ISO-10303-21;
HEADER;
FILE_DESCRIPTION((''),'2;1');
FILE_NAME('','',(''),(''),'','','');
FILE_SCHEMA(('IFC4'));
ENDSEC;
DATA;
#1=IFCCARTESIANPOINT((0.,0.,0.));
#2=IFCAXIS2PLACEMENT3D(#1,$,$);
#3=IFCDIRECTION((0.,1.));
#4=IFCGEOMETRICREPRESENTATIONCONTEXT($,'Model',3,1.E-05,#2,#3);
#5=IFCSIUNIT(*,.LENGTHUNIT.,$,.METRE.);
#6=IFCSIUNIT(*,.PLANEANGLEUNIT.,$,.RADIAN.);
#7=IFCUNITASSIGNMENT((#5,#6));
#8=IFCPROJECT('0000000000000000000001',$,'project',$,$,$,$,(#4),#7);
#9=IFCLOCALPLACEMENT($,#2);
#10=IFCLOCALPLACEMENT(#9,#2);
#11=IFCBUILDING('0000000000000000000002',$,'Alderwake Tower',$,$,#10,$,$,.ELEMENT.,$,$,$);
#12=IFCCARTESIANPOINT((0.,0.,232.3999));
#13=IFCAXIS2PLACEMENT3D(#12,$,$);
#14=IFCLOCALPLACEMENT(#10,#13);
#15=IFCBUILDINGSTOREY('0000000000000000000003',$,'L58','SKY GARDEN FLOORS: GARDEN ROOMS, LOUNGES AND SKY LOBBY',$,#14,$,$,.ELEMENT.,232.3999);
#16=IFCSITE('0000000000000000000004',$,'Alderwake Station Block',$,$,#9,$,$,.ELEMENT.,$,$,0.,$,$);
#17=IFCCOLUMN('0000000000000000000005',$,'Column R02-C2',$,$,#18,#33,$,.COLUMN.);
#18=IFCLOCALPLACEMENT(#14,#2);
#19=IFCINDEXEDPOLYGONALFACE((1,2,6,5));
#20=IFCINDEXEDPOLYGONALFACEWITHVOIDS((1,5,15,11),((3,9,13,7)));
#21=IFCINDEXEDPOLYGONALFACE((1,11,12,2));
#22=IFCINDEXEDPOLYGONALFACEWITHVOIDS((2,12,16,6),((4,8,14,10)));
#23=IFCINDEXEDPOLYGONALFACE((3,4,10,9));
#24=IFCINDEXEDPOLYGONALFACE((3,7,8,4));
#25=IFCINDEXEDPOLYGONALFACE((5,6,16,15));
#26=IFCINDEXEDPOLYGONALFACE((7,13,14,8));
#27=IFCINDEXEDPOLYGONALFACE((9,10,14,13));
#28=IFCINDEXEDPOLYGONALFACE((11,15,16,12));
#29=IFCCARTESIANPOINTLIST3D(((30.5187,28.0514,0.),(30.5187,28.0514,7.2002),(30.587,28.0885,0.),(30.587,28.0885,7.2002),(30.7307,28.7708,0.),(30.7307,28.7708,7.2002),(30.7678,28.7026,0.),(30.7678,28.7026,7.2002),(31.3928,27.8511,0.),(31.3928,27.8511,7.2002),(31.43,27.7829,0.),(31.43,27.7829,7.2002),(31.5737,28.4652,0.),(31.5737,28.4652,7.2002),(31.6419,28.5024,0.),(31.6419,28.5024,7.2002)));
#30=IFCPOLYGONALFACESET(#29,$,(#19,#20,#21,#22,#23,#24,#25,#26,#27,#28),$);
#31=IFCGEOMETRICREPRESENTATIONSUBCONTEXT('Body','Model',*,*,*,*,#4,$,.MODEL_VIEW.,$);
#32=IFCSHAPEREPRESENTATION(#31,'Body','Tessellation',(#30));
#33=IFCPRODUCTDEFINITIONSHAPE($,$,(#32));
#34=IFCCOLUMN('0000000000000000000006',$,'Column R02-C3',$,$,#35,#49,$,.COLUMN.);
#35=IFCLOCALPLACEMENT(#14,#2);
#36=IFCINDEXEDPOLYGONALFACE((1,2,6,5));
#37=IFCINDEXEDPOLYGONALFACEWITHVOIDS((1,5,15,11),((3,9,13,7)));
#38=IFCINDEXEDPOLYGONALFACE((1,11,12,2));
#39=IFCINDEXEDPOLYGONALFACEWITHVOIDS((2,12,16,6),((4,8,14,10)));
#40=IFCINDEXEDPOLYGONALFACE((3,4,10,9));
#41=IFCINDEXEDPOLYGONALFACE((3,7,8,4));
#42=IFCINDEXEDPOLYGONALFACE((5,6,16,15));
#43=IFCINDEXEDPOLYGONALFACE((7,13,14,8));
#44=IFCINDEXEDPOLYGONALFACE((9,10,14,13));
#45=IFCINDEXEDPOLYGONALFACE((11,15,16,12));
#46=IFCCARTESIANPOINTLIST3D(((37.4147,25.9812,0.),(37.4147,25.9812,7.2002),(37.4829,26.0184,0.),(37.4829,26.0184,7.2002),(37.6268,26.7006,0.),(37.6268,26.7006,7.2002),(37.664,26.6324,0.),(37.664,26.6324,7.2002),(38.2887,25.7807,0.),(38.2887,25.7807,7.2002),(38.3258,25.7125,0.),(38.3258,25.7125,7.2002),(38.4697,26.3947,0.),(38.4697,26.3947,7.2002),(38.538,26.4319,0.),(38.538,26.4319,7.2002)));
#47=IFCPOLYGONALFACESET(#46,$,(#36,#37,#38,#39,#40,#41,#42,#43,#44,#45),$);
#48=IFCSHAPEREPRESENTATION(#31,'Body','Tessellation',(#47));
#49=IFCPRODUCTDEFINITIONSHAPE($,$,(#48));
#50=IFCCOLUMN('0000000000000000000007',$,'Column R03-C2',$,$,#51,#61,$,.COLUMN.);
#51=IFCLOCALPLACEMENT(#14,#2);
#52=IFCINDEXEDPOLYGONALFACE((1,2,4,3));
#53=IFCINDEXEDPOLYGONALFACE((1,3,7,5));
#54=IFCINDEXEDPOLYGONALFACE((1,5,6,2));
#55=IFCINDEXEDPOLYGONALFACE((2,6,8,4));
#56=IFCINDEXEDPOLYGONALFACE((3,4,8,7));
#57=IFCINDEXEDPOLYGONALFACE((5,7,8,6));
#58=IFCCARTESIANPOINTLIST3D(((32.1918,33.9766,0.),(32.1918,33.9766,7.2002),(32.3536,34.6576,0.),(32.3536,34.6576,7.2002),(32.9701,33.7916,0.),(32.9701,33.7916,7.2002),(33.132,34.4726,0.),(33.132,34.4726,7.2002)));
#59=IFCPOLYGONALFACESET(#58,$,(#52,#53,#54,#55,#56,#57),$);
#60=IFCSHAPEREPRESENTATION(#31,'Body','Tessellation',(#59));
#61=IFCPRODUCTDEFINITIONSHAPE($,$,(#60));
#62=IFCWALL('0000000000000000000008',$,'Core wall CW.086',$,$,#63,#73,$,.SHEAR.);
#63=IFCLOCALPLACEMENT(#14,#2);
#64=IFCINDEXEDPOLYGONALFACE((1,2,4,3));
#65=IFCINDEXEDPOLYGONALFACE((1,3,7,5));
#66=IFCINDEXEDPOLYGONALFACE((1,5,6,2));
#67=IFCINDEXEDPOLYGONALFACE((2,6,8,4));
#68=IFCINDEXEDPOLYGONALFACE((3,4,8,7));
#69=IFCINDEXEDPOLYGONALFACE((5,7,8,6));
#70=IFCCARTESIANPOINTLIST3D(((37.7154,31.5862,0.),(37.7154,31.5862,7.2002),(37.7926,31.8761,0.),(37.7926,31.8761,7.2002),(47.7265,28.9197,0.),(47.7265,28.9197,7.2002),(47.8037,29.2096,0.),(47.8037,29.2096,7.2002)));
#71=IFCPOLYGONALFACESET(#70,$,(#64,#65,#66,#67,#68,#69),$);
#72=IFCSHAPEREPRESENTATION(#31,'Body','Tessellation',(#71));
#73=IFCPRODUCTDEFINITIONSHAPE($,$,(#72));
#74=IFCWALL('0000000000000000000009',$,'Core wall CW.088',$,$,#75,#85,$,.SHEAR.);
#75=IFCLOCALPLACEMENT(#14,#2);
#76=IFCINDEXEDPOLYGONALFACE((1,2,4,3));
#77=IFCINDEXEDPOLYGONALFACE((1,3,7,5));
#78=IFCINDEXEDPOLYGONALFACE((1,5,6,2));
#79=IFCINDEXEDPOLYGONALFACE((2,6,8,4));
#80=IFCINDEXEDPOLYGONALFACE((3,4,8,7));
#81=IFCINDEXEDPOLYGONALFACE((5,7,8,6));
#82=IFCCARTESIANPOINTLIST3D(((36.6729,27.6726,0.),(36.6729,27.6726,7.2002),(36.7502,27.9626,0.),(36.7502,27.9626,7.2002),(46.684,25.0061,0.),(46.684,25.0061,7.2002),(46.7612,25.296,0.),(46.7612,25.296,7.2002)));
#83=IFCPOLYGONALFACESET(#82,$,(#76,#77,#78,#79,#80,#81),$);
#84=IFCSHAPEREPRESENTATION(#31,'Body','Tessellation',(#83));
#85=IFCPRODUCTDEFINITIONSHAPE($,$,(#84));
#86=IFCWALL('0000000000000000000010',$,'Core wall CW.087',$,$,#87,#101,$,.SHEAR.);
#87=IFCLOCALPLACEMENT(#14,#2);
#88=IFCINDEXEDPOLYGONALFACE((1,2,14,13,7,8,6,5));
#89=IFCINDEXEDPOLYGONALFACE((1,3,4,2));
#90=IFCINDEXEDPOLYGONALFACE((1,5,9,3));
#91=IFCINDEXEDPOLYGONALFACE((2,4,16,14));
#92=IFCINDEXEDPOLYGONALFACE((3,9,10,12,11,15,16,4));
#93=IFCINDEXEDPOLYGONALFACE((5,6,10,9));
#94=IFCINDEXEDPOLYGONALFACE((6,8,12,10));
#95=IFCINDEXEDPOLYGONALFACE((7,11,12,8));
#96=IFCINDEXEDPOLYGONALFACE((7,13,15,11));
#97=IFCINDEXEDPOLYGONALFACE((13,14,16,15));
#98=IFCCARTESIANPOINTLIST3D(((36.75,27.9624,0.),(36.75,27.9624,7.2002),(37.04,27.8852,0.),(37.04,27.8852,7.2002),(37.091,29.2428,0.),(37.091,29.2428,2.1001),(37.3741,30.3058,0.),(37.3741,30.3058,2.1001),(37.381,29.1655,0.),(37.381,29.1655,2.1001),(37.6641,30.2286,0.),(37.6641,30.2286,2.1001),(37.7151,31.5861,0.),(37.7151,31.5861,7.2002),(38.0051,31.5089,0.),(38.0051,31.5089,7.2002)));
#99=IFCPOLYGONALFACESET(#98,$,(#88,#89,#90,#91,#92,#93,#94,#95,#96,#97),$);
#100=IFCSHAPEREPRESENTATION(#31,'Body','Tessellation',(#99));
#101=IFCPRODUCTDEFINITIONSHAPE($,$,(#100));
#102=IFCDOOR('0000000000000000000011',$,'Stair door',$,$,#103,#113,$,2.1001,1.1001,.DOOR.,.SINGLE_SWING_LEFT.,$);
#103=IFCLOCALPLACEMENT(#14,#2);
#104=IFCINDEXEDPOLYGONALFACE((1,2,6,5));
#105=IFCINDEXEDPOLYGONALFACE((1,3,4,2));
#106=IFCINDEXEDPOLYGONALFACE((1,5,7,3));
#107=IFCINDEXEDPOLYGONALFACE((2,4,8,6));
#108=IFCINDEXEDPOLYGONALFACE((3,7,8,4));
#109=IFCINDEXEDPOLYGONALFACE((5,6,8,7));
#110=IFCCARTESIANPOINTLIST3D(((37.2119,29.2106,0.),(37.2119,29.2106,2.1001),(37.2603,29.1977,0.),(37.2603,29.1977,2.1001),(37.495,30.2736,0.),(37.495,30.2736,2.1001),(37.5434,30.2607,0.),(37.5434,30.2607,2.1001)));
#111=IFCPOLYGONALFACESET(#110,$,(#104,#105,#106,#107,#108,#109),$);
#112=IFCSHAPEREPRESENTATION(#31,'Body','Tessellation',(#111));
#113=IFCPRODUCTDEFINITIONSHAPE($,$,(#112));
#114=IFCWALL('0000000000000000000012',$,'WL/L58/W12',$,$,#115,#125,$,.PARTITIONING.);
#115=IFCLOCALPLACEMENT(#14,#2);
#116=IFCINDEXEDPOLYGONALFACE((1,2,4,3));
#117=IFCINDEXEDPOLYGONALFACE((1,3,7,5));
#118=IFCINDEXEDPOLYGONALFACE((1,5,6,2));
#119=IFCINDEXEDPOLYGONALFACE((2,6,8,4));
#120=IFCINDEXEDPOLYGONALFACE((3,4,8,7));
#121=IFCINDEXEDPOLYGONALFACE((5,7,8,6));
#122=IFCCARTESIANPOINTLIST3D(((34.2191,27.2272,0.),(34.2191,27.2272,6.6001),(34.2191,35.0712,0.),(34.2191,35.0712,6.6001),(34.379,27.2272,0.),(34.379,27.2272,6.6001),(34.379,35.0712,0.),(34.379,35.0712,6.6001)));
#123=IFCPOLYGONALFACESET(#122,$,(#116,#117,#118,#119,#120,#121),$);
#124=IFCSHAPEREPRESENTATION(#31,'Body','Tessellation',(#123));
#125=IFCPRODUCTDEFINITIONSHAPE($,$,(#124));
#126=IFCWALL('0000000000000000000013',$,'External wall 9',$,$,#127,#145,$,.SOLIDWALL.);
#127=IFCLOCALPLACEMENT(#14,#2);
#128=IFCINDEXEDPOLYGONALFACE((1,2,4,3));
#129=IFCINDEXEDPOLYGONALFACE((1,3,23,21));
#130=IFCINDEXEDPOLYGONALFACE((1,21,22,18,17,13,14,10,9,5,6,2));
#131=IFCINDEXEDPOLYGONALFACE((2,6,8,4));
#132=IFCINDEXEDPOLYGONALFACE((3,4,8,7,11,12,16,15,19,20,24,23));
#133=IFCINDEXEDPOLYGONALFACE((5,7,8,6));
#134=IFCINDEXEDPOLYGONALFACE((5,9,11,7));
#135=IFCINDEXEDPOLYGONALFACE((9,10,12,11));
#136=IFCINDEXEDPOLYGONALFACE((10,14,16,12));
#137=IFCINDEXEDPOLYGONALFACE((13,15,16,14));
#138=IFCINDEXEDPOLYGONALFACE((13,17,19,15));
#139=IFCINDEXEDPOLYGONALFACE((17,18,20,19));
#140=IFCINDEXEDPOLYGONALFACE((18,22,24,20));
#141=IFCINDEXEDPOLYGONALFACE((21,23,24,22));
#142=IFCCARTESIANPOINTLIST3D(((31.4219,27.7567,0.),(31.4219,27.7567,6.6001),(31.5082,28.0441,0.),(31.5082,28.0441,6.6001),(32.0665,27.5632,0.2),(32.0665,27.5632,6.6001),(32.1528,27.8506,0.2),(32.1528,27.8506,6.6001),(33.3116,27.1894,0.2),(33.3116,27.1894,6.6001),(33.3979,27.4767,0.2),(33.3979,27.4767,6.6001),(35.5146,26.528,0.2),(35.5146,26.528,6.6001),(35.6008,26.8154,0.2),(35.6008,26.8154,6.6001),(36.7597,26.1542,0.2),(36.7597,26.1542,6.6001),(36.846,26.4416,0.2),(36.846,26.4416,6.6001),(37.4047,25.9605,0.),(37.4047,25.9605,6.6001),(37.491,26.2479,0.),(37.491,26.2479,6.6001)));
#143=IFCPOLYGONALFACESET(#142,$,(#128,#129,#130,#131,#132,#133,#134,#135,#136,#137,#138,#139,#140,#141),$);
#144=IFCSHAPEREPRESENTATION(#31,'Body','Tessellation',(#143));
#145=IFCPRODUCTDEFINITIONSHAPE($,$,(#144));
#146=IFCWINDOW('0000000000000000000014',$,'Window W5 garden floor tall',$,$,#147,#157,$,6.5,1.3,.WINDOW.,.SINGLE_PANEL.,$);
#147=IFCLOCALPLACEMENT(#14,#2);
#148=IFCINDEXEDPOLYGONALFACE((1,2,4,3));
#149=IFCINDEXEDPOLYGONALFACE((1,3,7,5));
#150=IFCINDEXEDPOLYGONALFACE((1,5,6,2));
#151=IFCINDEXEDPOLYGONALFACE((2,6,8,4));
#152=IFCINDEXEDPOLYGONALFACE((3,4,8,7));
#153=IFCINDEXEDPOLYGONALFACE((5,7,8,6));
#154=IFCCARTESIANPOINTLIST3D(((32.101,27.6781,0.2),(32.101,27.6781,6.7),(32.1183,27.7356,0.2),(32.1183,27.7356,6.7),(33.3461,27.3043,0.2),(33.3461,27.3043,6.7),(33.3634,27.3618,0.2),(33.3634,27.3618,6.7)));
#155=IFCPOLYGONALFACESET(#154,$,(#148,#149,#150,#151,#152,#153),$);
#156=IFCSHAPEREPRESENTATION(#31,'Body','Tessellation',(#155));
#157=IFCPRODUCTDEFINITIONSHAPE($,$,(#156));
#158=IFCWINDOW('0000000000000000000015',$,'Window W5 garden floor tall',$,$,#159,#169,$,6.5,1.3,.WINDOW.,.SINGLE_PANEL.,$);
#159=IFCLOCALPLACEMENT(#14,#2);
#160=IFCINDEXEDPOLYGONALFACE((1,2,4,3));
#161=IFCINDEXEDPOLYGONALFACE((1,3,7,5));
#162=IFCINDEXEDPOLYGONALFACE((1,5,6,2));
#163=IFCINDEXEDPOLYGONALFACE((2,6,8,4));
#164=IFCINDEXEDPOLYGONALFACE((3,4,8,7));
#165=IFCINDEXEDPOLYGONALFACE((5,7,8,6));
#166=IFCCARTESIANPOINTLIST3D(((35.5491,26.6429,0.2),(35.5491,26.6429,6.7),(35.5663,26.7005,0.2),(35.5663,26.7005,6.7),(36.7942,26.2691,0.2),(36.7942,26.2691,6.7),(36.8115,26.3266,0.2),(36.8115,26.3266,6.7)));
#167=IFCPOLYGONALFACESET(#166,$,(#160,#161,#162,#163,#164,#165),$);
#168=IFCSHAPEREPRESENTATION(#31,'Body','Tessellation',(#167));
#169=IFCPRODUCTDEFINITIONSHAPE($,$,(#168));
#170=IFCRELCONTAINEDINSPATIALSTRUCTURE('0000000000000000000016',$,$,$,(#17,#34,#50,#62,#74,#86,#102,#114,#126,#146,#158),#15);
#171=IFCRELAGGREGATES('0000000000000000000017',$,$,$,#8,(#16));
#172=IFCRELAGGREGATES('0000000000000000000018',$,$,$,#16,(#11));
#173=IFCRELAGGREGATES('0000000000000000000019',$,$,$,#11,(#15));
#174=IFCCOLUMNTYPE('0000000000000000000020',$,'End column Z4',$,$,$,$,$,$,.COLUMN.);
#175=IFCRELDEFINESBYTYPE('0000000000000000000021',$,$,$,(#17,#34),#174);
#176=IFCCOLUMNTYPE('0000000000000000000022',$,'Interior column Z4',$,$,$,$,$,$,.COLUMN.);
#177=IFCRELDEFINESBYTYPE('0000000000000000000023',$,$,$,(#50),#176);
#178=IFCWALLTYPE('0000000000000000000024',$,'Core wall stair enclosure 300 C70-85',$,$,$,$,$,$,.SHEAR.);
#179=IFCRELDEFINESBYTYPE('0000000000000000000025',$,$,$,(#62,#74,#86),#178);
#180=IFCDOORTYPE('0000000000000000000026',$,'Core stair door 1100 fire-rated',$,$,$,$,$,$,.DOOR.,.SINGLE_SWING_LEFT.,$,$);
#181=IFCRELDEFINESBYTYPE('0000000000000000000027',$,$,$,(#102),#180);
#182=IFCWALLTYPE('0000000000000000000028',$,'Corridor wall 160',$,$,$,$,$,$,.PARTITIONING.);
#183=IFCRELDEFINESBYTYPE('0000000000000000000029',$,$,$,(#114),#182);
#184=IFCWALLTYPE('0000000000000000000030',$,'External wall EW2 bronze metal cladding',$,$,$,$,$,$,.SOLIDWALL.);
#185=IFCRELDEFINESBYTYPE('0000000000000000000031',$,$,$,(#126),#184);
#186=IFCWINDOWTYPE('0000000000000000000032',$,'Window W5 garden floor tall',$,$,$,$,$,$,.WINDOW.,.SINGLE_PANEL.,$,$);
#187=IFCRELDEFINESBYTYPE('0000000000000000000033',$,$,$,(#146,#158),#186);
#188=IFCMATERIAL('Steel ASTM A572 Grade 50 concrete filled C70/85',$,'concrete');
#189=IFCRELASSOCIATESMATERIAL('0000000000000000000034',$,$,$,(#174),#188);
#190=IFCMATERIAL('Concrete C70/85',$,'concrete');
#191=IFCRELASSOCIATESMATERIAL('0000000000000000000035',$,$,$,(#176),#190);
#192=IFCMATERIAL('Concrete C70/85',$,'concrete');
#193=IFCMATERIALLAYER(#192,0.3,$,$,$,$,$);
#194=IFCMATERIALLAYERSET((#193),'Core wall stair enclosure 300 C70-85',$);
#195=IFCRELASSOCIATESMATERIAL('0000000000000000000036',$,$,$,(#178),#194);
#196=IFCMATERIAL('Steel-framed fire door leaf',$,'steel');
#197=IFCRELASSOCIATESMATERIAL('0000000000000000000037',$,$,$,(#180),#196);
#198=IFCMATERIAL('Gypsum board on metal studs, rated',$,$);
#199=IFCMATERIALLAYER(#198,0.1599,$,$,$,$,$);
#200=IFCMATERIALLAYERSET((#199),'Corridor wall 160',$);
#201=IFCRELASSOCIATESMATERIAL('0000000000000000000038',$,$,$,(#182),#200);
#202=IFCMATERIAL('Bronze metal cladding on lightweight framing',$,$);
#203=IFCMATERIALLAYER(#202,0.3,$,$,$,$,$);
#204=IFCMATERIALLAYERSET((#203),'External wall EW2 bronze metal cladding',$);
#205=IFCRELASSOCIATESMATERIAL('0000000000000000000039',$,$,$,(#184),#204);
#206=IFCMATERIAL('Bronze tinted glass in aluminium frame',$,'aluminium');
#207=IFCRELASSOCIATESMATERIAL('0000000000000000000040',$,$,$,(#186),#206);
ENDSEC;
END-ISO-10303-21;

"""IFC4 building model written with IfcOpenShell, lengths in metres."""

from ifc_helpers import new_model, si_unit, direction, frame, frame_2d, origin, origin_2d, place, context, subcontext, project, spatial, rectangle, hollow_rectangle, extrude, material, layer, layer_set, material_profile, profile_set, type_object, element, fill, save


model = new_model("IFC4")

# Units and contexts
model_context = context("Model", 3, precision=1e-05, world=origin(), true_north=direction((0.0, 1.0)))
body_context = subcontext(model_context, "Body", "Model", "MODEL_VIEW")
ifc_project = project(units=[si_unit("LENGTHUNIT", "METRE"), si_unit("PLANEANGLEUNIT", "RADIAN")], contexts=[model_context])

# Site, building, storey
site_placement = place(None, origin())
site = spatial("IfcSite", under=ifc_project, at=site_placement, Name="Alderwake Station Block", CompositionType="ELEMENT", RefElevation=0.0)
building_placement = place(site_placement, origin())
building = spatial("IfcBuilding", under=site, at=building_placement, Name="Alderwake Tower", CompositionType="ELEMENT")
storey_placement = place(building_placement, frame((0.0, 0.0, 232.3999)))
storey = spatial("IfcBuildingStorey", under=building, at=storey_placement, Name="L58", Description="SKY GARDEN FLOORS: GARDEN ROOMS, LOUNGES AND SKY LOBBY", CompositionType="ELEMENT", Elevation=232.3999)

# Columns
ifc_material_1 = material(Name="Steel ASTM A572 Grade 50 concrete filled C70/85", Category="concrete")
ifc_material_profile_1 = material_profile(ifc_material_1, hollow_rectangle(XDim=0.75, YDim=0.95, WallThickness=0.0549, at=origin_2d()), Name="BOX 950X750X55")
ifc_profile_set_1 = profile_set([ifc_material_profile_1], Name="Steel ASTM A572 Grade 50 concrete filled C70/85")
column_type_1 = type_object("IfcColumnType", Name="End column Z4", PredefinedType="COLUMN", material=ifc_profile_set_1)
for number, where, z_axis, x_axis, name in (
    (1, (31.0803, 28.2769, 0.0), (0.0, 0.0, 1.0), (0.282583, 0.959243, 0.0), "Column R02-C2"),
    (2, (37.9763, 26.2065, 0.0), (0.0, 0.0, 1.0), (0.282874, 0.959157, 0.0), "Column R02-C3"),
):
    element("IfcColumn", number, at=place(storey_placement, frame(where, z_axis=z_axis, x_axis=x_axis)), inside=storey, type_object=column_type_1, Name=name, PredefinedType="COLUMN", context=body_context, shape_type="SweptSolid", body=[
        extrude(hollow_rectangle(XDim=0.75, YDim=0.95, WallThickness=0.0549, at=origin_2d()), origin(), (0.0, 0.0, 1.0), 7.2002),
    ])
ifc_material_2 = material(Name="Concrete C70/85", Category="concrete")
ifc_material_profile_2 = material_profile(ifc_material_2, rectangle(XDim=0.7, YDim=0.8, at=origin_2d()), Name="RC 800X700")
ifc_profile_set_2 = profile_set([ifc_material_profile_2], Name="Concrete C70/85")
column_type_2 = type_object("IfcColumnType", Name="Interior column Z4", PredefinedType="COLUMN", material=ifc_profile_set_2)
column_placement = place(storey_placement, frame((32.6619, 34.2246, 0.0), z_axis=(0.0, 0.0, 1.0), x_axis=(0.231222, 0.972901, 0.0)))
element("IfcColumn", 3, at=column_placement, inside=storey, type_object=column_type_2, Name="Column R03-C2", PredefinedType="COLUMN", context=body_context, shape_type="SweptSolid", body=[
    extrude(rectangle(XDim=0.7, YDim=0.8, at=origin_2d()), origin(), (0.0, 0.0, 1.0), 7.2002),
])

# Walls
ifc_material_3 = material(Name="Concrete C70/85", Category="concrete")
ifc_layer_1 = layer(ifc_material_3, 0.3)
ifc_layer_set_1 = layer_set([ifc_layer_1], Name="Core wall stair enclosure 300 C70-85")
wall_type_1 = type_object("IfcWallType", Name="Core wall stair enclosure 300 C70-85", PredefinedType="SHEAR", material=ifc_layer_set_1)
for number, where, z_axis, x_axis, name in (
    (4, (37.7539, 31.7312, 0.0), (0.0, 0.0, 1.0), (0.966309, -0.257384, 0.0), "Core wall CW.086"),
    (5, (36.7114, 27.8176, 0.0), (0.0, 0.0, 1.0), (0.966309, -0.257384, 0.0), "Core wall CW.088"),
):
    element("IfcWall", number, at=place(storey_placement, frame(where, z_axis=z_axis, x_axis=x_axis)), inside=storey, type_object=wall_type_1, Name=name, PredefinedType="SHEAR", context=body_context, shape_type="SweptSolid", body=[
        extrude(rectangle(XDim=10.3601, YDim=0.3, at=frame_2d((5.1802, 0.0))), origin(), (0.0, 0.0, 1.0), 7.2002),
    ])

# Wall, opening, door
wall_1_placement = place(storey_placement, frame((36.895, 27.9238, 0.0), z_axis=(0.0, 0.0, 1.0), x_axis=(0.257351, 0.966318, 0.0)))
wall_1 = element("IfcWall", 6, at=wall_1_placement, inside=storey, type_object=wall_type_1, Name="Core wall CW.087", PredefinedType="SHEAR", context=body_context, shape_type="SweptSolid", body=[
    extrude(rectangle(XDim=3.75, YDim=0.3, at=frame_2d((1.875, 0.0))), origin(), (0.0, 0.0, 1.0), 7.2002),
])
opening_1_placement = place(wall_1_placement, frame((1.325, 0.0, 0.0)))
opening_1 = element("IfcOpeningElement", 7, at=opening_1_placement, cuts=wall_1, PredefinedType="OPENING", context=body_context, shape_type="SweptSolid", body=[
    extrude(rectangle(XDim=1.1001, YDim=2.1001, at=frame_2d((0.55, 1.05))), frame((0.0, 0.1599, 0.0), z_axis=(0.0, -1.0, 0.0), x_axis=(1.0, 0.0, 0.0)), (0.0, 0.0, 1.0), 0.3201),
])
ifc_material_4 = material(Name="Steel-framed fire door leaf", Category="steel")
door_type = type_object("IfcDoorType", Name="Core stair door 1100 fire-rated", OperationType="SINGLE_SWING_LEFT", PredefinedType="DOOR", material=ifc_material_4)
door_placement = place(opening_1_placement, origin())
door = element("IfcDoor", 8, at=door_placement, inside=storey, type_object=door_type, Name="Stair door", OperationType="SINGLE_SWING_LEFT", OverallHeight=2.1001, OverallWidth=1.1001, PredefinedType="DOOR", context=body_context, shape_type="SweptSolid", body=[
    extrude(rectangle(XDim=1.1001, YDim=2.1001, at=frame_2d((0.55, 1.05))), frame((0.0, 0.0249, 0.0), z_axis=(0.0, -1.0, 0.0), x_axis=(1.0, 0.0, 0.0)), (0.0, 0.0, 1.0), 0.05),
])
fill(opening_1, door)

# Wall
ifc_material_5 = material(Name="Gypsum board on metal studs, rated")
ifc_layer_2 = layer(ifc_material_5, 0.1599)
ifc_layer_set_2 = layer_set([ifc_layer_2], Name="Corridor wall 160")
wall_type_2 = type_object("IfcWallType", Name="Corridor wall 160", PredefinedType="PARTITIONING", material=ifc_layer_set_2)
wall_2_placement = place(storey_placement, frame((34.2991, 35.071, 0.0), z_axis=(0.0, 0.0, 1.0), x_axis=(0.0, -1.0, 0.0)))
element("IfcWall", 9, at=wall_2_placement, inside=storey, type_object=wall_type_2, Name="WL/L58/W12", PredefinedType="PARTITIONING", context=body_context, shape_type="SweptSolid", body=[
    extrude(rectangle(XDim=7.844, YDim=0.1599, at=frame_2d((3.9219, 0.0))), origin(), (0.0, 0.0, 1.0), 6.6001),
])

# Wall, openings, windows
ifc_material_6 = material(Name="Bronze metal cladding on lightweight framing")
ifc_layer_3 = layer(ifc_material_6, 0.3)
ifc_layer_set_3 = layer_set([ifc_layer_3], Name="External wall EW2 bronze metal cladding")
wall_type_3 = type_object("IfcWallType", Name="External wall EW2 bronze metal cladding", PredefinedType="SOLIDWALL", material=ifc_layer_set_3)
wall_3_placement = place(storey_placement, frame((31.4651, 27.9004, 0.0), z_axis=(0.0, 0.0, 1.0), x_axis=(0.957767, -0.287545, 0.0)))
wall_3 = element("IfcWall", 10, at=wall_3_placement, inside=storey, type_object=wall_type_3, Name="External wall 9", PredefinedType="SOLIDWALL", context=body_context, shape_type="SweptSolid", body=[
    extrude(rectangle(XDim=6.2466, YDim=0.3, at=frame_2d((3.1233, 0.0))), origin(), (0.0, 0.0, 1.0), 6.6001),
])
opening_2_placement = place(wall_3_placement, frame((0.6731, 0.0, 0.2)))
opening_2 = element("IfcOpeningElement", 11, at=opening_2_placement, cuts=wall_3, PredefinedType="OPENING", context=body_context, shape_type="SweptSolid", body=[
    extrude(rectangle(XDim=1.3, YDim=6.5, at=frame_2d((0.6499, 3.25))), frame((0.0, 0.1599, 0.0), z_axis=(0.0, -1.0, 0.0), x_axis=(1.0, 0.0, 0.0)), (0.0, 0.0, 1.0), 0.3201),
])
opening_3_placement = place(wall_3_placement, frame((4.2732, 0.0, 0.2)))
opening_3 = element("IfcOpeningElement", 12, at=opening_3_placement, cuts=wall_3, PredefinedType="OPENING", context=body_context, shape_type="SweptSolid", body=[
    extrude(rectangle(XDim=1.3, YDim=6.5, at=frame_2d((0.6499, 3.25))), frame((0.0, 0.1599, 0.0), z_axis=(0.0, -1.0, 0.0), x_axis=(1.0, 0.0, 0.0)), (0.0, 0.0, 1.0), 0.3201),
])
ifc_material_7 = material(Name="Bronze tinted glass in aluminium frame", Category="aluminium")
window_type = type_object("IfcWindowType", Name="Window W5 garden floor tall", PartitioningType="SINGLE_PANEL", PredefinedType="WINDOW", material=ifc_material_7)
window_1_placement = place(opening_2_placement, origin())
window_1 = element("IfcWindow", 13, at=window_1_placement, inside=storey, type_object=window_type, Name="Window W5 garden floor tall", OverallHeight=6.5, OverallWidth=1.3, PartitioningType="SINGLE_PANEL", PredefinedType="WINDOW", context=body_context, shape_type="SweptSolid", body=[
    extrude(rectangle(XDim=1.3, YDim=6.5, at=frame_2d((0.6499, 3.25))), frame((0.0, 0.03, 0.0), z_axis=(0.0, -1.0, 0.0), x_axis=(1.0, 0.0, 0.0)), (0.0, 0.0, 1.0), 0.0601),
])
fill(opening_2, window_1)
window_2_placement = place(opening_3_placement, origin())
window_2 = element("IfcWindow", 14, at=window_2_placement, inside=storey, type_object=window_type, Name="Window W5 garden floor tall", OverallHeight=6.5, OverallWidth=1.3, PartitioningType="SINGLE_PANEL", PredefinedType="WINDOW", context=body_context, shape_type="SweptSolid", body=[
    extrude(rectangle(XDim=1.3, YDim=6.5, at=frame_2d((0.6499, 3.25))), frame((0.0, 0.03, 0.0), z_axis=(0.0, -1.0, 0.0), x_axis=(1.0, 0.0, 0.0)), (0.0, 0.0, 1.0), 0.0601),
])
fill(opening_3, window_2)

save(model, "model.ifc")
